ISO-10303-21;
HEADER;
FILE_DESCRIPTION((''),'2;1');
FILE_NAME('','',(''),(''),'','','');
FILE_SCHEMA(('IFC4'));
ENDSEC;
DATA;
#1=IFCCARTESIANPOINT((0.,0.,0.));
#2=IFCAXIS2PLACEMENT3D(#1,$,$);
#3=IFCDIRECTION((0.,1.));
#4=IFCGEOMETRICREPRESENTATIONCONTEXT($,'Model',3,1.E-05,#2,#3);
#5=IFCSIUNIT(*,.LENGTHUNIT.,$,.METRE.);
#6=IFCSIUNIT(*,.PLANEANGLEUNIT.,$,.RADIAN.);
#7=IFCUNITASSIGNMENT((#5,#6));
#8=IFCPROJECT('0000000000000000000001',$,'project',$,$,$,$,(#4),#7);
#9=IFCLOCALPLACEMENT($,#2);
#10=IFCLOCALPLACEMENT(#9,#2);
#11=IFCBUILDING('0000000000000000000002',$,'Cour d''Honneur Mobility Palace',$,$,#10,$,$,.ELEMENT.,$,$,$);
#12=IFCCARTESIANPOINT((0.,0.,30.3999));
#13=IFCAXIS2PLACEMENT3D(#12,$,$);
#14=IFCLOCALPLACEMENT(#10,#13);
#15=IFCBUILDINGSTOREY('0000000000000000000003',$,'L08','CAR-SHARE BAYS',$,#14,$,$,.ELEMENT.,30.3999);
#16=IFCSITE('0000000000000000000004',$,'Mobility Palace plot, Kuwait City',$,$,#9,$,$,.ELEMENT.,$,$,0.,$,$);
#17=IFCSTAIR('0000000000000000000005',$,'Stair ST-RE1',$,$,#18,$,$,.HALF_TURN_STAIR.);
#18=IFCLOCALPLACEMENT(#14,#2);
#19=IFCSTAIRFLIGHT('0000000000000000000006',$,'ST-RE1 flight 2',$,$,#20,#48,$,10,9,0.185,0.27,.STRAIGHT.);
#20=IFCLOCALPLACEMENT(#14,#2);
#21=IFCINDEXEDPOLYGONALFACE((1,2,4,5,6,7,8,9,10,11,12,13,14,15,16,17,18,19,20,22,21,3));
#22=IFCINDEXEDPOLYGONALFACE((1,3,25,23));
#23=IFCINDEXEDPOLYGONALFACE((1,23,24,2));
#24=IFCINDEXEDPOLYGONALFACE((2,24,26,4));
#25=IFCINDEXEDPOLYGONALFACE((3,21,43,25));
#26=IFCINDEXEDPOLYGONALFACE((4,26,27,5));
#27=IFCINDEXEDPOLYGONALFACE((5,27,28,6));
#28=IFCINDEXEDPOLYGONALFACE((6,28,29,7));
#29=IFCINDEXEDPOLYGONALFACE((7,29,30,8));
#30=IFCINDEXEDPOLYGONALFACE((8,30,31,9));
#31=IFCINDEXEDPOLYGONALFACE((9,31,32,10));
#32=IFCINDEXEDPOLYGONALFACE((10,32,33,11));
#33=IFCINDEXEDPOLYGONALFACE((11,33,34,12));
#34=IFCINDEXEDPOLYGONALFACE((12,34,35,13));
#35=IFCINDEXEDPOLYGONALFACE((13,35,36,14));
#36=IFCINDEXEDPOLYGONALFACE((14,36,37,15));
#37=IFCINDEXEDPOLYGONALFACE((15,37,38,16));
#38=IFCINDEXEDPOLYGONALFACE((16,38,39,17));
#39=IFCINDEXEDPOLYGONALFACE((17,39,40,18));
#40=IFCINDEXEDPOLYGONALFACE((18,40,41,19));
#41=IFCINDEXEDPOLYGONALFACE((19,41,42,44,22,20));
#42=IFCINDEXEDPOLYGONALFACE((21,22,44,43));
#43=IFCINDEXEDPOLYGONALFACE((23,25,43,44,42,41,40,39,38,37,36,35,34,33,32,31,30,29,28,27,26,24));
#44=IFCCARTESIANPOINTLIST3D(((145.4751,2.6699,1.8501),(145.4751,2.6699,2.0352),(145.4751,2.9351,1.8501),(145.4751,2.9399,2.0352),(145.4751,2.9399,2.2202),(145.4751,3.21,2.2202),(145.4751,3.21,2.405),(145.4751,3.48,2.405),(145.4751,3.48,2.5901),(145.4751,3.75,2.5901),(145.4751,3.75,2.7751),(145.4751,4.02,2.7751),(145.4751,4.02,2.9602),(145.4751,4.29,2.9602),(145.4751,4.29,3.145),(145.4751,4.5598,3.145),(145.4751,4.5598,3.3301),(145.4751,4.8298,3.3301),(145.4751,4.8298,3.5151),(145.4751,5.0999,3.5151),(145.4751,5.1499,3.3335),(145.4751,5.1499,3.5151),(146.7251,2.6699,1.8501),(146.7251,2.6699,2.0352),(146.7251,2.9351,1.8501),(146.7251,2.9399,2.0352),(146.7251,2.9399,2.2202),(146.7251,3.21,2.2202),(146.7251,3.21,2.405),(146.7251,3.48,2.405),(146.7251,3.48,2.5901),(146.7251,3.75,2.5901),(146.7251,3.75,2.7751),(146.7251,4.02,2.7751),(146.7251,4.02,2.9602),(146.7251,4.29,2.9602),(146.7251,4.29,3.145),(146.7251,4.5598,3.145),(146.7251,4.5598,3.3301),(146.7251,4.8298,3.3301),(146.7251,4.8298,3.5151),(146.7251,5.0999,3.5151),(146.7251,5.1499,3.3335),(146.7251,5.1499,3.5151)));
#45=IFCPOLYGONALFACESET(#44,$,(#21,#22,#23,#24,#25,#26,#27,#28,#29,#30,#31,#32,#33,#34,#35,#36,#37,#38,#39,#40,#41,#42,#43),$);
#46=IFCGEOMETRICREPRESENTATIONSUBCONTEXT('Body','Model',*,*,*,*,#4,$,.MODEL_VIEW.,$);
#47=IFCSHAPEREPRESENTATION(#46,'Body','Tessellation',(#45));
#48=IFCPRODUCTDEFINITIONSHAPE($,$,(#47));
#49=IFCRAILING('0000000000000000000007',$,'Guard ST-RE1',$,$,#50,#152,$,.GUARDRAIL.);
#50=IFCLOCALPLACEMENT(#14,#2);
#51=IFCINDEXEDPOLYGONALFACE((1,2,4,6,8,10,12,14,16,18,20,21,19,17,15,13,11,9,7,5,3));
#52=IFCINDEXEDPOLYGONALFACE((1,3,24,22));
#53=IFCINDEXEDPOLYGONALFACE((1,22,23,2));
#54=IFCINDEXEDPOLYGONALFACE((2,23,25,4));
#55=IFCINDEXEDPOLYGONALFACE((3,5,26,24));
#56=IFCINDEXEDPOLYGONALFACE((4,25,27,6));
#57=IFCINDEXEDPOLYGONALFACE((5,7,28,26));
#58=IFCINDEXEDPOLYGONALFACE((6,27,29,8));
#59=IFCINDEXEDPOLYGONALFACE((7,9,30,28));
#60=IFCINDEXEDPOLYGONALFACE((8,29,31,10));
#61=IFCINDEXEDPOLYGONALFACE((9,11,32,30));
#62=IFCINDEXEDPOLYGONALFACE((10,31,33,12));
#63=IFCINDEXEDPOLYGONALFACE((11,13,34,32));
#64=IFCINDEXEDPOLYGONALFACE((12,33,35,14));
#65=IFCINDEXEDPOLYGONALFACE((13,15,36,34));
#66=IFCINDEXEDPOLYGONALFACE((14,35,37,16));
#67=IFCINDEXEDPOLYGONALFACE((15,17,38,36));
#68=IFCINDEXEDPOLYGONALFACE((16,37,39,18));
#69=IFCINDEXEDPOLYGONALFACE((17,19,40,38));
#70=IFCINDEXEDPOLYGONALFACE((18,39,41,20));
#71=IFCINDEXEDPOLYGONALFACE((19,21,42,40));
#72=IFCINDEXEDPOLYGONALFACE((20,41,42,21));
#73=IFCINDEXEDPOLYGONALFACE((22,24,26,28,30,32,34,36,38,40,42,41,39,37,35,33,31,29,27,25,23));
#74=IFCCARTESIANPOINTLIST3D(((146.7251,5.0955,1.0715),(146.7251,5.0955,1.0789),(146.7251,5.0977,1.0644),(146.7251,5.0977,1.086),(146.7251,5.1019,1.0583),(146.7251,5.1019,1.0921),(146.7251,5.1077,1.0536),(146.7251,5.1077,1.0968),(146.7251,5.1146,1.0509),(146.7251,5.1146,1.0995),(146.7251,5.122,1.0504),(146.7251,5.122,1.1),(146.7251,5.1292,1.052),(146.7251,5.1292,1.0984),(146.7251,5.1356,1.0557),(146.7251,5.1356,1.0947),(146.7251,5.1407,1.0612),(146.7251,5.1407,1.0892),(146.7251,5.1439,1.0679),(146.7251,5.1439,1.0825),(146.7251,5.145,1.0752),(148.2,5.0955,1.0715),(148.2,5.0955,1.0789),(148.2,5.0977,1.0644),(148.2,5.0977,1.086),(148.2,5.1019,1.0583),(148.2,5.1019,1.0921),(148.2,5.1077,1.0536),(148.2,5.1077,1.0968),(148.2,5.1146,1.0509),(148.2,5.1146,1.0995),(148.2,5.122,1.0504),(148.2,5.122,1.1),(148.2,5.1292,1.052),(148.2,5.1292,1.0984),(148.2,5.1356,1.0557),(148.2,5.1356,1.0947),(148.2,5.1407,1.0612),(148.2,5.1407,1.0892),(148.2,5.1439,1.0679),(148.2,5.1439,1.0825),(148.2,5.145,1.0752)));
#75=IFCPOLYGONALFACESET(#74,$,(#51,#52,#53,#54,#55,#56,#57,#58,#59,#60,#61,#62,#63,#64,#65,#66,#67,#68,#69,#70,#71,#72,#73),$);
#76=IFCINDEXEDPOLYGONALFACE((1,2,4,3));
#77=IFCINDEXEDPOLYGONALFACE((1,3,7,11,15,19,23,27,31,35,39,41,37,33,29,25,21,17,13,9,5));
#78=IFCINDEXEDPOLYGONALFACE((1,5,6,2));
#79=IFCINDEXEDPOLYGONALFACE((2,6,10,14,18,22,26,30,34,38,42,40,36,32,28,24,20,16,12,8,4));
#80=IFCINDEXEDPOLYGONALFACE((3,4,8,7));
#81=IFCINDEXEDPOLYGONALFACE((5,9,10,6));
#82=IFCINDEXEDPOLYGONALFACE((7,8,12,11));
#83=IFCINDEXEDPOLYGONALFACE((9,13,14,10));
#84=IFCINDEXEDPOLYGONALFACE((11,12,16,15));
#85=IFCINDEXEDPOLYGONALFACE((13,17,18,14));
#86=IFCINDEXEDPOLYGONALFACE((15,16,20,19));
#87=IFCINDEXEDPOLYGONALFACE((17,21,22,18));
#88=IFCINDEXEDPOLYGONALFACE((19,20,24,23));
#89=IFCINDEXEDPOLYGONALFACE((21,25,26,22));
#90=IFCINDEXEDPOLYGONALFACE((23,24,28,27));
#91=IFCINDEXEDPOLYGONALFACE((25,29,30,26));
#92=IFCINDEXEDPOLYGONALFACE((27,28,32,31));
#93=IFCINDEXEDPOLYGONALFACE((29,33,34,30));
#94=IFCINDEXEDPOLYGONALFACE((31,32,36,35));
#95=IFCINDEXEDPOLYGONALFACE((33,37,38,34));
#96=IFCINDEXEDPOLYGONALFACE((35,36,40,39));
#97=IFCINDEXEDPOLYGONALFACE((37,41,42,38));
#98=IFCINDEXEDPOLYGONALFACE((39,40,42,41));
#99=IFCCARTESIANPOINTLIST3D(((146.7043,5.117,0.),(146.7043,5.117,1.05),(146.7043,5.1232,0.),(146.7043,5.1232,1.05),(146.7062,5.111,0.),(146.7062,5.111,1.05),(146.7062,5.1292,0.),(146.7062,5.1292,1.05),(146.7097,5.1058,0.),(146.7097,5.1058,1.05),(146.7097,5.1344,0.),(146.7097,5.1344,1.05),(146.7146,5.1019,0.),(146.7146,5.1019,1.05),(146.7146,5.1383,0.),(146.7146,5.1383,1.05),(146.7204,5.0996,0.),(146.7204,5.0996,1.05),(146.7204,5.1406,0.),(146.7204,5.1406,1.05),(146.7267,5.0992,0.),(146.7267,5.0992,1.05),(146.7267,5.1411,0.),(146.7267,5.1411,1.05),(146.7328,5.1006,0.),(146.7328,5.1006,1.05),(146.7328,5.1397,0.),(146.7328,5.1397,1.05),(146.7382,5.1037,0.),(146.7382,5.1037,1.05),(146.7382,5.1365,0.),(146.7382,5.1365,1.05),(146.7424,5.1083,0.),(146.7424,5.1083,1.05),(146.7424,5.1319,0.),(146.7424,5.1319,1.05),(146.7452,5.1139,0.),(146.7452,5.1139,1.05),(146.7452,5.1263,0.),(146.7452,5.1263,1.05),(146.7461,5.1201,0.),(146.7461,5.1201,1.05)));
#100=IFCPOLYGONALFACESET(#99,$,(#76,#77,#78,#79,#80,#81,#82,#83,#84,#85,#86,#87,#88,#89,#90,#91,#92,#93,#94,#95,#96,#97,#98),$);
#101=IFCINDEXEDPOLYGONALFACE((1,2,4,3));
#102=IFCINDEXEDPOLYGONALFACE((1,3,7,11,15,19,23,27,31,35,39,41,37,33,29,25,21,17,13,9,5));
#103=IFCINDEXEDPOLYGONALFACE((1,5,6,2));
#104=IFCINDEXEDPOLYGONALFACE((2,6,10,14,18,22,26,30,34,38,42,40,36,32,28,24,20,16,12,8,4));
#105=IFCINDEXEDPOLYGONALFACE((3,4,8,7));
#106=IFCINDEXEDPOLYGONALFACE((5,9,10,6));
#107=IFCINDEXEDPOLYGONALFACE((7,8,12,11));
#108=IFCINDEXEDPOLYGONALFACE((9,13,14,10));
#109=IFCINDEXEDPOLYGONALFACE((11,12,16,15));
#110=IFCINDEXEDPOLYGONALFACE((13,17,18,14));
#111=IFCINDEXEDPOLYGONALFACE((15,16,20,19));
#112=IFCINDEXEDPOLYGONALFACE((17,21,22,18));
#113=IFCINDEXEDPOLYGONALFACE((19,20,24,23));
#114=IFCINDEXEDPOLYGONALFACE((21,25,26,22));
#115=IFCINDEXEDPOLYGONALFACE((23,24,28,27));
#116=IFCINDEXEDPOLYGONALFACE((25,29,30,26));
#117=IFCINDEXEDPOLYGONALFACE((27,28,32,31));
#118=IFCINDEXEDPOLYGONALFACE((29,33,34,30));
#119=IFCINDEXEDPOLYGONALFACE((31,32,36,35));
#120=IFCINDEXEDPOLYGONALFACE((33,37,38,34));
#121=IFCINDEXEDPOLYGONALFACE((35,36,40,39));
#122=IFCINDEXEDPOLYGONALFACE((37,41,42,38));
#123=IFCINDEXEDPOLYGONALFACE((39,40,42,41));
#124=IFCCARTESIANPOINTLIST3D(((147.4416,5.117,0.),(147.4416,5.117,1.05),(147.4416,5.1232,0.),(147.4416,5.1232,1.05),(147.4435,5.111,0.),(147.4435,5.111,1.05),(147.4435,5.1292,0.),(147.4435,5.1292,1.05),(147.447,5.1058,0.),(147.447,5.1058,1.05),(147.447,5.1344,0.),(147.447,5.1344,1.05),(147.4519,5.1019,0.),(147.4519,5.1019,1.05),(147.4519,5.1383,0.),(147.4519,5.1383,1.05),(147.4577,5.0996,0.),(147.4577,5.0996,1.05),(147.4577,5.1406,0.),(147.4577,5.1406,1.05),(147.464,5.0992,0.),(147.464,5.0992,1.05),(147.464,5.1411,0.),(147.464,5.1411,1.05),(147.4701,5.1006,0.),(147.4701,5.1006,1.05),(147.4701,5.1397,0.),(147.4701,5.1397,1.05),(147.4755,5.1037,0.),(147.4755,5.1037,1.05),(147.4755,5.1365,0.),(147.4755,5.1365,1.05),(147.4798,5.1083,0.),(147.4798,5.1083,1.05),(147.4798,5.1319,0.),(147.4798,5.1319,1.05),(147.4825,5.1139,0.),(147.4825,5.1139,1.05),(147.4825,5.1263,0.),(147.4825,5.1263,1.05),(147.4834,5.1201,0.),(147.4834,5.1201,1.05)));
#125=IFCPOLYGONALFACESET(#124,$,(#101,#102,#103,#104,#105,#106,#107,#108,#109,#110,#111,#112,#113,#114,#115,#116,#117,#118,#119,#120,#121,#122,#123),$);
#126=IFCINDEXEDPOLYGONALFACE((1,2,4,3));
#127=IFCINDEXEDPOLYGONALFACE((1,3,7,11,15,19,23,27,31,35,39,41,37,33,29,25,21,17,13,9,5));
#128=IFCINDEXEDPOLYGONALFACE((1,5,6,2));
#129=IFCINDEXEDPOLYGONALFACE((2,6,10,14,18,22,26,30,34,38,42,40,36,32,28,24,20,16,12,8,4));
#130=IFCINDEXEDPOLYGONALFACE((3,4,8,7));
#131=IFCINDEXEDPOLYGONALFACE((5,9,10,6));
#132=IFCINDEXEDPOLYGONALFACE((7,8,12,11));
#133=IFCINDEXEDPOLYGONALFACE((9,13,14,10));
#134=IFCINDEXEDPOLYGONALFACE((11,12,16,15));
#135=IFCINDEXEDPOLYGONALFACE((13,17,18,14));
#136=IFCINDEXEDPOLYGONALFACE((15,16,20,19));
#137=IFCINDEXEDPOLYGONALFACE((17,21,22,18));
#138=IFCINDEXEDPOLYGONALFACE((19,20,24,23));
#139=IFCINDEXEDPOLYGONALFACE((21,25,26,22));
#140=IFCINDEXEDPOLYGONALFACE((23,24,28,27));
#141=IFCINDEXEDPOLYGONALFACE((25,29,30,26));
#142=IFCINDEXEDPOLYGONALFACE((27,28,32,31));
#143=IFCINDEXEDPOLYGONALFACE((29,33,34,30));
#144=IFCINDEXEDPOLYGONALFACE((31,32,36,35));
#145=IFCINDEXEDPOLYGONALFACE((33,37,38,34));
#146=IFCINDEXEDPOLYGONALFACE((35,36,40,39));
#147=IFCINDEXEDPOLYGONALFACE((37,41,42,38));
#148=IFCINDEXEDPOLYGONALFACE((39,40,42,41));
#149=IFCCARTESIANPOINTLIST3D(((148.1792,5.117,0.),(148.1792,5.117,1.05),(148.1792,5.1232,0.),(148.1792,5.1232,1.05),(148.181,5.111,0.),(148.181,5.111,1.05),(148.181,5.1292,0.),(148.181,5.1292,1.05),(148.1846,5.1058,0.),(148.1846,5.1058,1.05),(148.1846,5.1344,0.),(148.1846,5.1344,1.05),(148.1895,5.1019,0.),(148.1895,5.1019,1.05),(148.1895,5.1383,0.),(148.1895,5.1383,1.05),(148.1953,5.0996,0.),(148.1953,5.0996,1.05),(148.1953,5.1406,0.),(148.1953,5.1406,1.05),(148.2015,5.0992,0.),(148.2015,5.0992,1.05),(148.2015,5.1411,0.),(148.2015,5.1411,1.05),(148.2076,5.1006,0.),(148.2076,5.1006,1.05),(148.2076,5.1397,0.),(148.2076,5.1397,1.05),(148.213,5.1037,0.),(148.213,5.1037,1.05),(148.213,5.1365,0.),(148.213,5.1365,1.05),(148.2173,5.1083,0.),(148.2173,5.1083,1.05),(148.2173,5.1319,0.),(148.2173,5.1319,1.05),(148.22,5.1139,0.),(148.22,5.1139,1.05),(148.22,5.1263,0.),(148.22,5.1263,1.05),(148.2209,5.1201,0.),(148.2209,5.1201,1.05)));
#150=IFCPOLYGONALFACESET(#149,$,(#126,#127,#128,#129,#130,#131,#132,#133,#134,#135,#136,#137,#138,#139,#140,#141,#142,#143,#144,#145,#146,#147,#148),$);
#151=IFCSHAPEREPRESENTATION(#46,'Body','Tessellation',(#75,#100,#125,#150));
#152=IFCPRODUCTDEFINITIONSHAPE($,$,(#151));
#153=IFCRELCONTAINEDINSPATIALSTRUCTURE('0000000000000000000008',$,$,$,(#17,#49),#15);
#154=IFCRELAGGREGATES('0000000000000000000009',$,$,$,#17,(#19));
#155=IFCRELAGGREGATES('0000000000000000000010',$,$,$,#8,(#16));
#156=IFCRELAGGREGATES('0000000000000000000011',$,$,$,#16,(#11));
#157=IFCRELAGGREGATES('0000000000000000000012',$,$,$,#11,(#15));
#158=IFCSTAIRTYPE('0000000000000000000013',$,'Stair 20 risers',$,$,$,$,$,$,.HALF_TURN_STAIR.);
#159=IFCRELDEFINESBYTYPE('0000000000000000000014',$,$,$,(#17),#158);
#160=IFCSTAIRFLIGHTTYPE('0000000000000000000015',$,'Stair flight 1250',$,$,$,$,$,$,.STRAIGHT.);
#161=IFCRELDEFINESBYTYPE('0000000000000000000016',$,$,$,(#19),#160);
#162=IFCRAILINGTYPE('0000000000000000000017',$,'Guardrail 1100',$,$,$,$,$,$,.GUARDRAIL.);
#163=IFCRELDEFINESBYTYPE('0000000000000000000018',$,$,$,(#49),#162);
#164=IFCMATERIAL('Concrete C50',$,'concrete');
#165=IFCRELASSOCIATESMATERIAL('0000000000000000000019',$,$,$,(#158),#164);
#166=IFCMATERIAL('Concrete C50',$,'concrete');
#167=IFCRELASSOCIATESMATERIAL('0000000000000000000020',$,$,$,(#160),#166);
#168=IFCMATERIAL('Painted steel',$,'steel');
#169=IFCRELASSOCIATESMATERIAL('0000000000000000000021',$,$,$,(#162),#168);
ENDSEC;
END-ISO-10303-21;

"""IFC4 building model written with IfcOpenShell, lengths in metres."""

from ifc_helpers import new_model, si_unit, direction, frame, origin, origin_2d, place, context, subcontext, project, spatial, polyline, circle, outline, extrude, material, type_object, element, aggregate, save


model = new_model("IFC4")

# Units and contexts
model_context = context("Model", 3, precision=1e-05, world=origin(), true_north=direction((0.0, 1.0)))
body_context = subcontext(model_context, "Body", "Model", "MODEL_VIEW")
ifc_project = project(units=[si_unit("LENGTHUNIT", "METRE"), si_unit("PLANEANGLEUNIT", "RADIAN")], contexts=[model_context])

# Site, building, storey
site_placement = place(None, origin())
site = spatial("IfcSite", under=ifc_project, at=site_placement, Name="Mobility Palace plot, Kuwait City", CompositionType="ELEMENT", RefElevation=0.0)
building_placement = place(site_placement, origin())
building = spatial("IfcBuilding", under=site, at=building_placement, Name="Cour d'Honneur Mobility Palace", CompositionType="ELEMENT")
storey_placement = place(building_placement, frame((0.0, 0.0, 30.3999)))
storey = spatial("IfcBuildingStorey", under=building, at=storey_placement, Name="L08", Description="CAR-SHARE BAYS", CompositionType="ELEMENT", Elevation=30.3999)

# Stair, stair flight
ifc_material_1 = material(Name="Concrete C50", Category="concrete")
stair_type = type_object("IfcStairType", Name="Stair 20 risers", PredefinedType="HALF_TURN_STAIR", material=ifc_material_1)
stair_placement = place(storey_placement, origin())
stair = element("IfcStair", 1, at=stair_placement, inside=storey, type_object=stair_type, Name="Stair ST-RE1", PredefinedType="HALF_TURN_STAIR")
ifc_material_2 = material(Name="Concrete C50", Category="concrete")
stair_flight_type = type_object("IfcStairFlightType", Name="Stair flight 1250", PredefinedType="STRAIGHT", material=ifc_material_2)
stair_flight_1_placement = place(storey_placement, frame((146.1001, 2.6699, 1.8501), z_axis=(0.0, 0.0, 1.0), x_axis=(0.0, 1.0, 0.0)))
stair_flight_1 = element("IfcStairFlight", 2, at=stair_flight_1_placement, type_object=stair_flight_type, Name="ST-RE1 flight 2", NumberOfRisers=10, NumberOfTreads=9, PredefinedType="STRAIGHT", RiserHeight=0.185, TreadLength=0.27, context=body_context, shape_type="SweptSolid", body=[
    extrude(outline(polyline([(0.0, 0.0), (0.0, 0.1851), (0.27, 0.1851), (0.27, 0.3701), (0.54, 0.3701), (0.54, 0.5549), (0.8101, 0.5549), (0.8101, 0.74), (1.0801, 0.74), (1.0801, 0.925), (1.3501, 0.925), (1.3501, 1.1101), (1.6201, 1.1101), (1.6201, 1.2949), (1.8899, 1.2949), (1.8899, 1.48), (2.1599, 1.48), (2.1599, 1.665), (2.4299, 1.665), (2.48, 1.665), (2.48, 1.4834), (0.2651, 0.0), (0.0, 0.0)])), frame((0.0, 0.625, 0.0), z_axis=(0.0, -1.0, 0.0), x_axis=(1.0, 0.0, 0.0)), (0.0, 0.0, 1.0), 1.25),
])
aggregate(stair, [stair_flight_1])

# Railing
ifc_material_3 = material(Name="Painted steel", Category="steel")
railing_type_1 = type_object("IfcRailingType", Name="Guardrail 1100", PredefinedType="GUARDRAIL", material=ifc_material_3)
railing_1_placement = place(storey_placement, frame((146.7251, 5.1201, 0.0)))
element("IfcRailing", 3, at=railing_1_placement, inside=storey, type_object=railing_type_1, Name="Guard ST-RE1", PredefinedType="GUARDRAIL", context=body_context, shape_type="SweptSolid", body=[
    extrude(circle(Radius=0.0249, at=origin_2d()), frame((0.0, 0.0, 1.0752), z_axis=(1.0, 0.0, 0.0), x_axis=(0.0, 1.0, 0.0)), (0.0, 0.0, 1.0), 1.4749),
    extrude(circle(Radius=0.021, at=origin_2d()), origin(), (0.0, 0.0, 1.0), 1.05),
    extrude(circle(Radius=0.021, at=origin_2d()), frame((0.7373, 0.0, 0.0)), (0.0, 0.0, 1.0), 1.05),
    extrude(circle(Radius=0.021, at=origin_2d()), frame((1.4749, 0.0, 0.0)), (0.0, 0.0, 1.0), 1.05),
])

save(model, "model.ifc")
